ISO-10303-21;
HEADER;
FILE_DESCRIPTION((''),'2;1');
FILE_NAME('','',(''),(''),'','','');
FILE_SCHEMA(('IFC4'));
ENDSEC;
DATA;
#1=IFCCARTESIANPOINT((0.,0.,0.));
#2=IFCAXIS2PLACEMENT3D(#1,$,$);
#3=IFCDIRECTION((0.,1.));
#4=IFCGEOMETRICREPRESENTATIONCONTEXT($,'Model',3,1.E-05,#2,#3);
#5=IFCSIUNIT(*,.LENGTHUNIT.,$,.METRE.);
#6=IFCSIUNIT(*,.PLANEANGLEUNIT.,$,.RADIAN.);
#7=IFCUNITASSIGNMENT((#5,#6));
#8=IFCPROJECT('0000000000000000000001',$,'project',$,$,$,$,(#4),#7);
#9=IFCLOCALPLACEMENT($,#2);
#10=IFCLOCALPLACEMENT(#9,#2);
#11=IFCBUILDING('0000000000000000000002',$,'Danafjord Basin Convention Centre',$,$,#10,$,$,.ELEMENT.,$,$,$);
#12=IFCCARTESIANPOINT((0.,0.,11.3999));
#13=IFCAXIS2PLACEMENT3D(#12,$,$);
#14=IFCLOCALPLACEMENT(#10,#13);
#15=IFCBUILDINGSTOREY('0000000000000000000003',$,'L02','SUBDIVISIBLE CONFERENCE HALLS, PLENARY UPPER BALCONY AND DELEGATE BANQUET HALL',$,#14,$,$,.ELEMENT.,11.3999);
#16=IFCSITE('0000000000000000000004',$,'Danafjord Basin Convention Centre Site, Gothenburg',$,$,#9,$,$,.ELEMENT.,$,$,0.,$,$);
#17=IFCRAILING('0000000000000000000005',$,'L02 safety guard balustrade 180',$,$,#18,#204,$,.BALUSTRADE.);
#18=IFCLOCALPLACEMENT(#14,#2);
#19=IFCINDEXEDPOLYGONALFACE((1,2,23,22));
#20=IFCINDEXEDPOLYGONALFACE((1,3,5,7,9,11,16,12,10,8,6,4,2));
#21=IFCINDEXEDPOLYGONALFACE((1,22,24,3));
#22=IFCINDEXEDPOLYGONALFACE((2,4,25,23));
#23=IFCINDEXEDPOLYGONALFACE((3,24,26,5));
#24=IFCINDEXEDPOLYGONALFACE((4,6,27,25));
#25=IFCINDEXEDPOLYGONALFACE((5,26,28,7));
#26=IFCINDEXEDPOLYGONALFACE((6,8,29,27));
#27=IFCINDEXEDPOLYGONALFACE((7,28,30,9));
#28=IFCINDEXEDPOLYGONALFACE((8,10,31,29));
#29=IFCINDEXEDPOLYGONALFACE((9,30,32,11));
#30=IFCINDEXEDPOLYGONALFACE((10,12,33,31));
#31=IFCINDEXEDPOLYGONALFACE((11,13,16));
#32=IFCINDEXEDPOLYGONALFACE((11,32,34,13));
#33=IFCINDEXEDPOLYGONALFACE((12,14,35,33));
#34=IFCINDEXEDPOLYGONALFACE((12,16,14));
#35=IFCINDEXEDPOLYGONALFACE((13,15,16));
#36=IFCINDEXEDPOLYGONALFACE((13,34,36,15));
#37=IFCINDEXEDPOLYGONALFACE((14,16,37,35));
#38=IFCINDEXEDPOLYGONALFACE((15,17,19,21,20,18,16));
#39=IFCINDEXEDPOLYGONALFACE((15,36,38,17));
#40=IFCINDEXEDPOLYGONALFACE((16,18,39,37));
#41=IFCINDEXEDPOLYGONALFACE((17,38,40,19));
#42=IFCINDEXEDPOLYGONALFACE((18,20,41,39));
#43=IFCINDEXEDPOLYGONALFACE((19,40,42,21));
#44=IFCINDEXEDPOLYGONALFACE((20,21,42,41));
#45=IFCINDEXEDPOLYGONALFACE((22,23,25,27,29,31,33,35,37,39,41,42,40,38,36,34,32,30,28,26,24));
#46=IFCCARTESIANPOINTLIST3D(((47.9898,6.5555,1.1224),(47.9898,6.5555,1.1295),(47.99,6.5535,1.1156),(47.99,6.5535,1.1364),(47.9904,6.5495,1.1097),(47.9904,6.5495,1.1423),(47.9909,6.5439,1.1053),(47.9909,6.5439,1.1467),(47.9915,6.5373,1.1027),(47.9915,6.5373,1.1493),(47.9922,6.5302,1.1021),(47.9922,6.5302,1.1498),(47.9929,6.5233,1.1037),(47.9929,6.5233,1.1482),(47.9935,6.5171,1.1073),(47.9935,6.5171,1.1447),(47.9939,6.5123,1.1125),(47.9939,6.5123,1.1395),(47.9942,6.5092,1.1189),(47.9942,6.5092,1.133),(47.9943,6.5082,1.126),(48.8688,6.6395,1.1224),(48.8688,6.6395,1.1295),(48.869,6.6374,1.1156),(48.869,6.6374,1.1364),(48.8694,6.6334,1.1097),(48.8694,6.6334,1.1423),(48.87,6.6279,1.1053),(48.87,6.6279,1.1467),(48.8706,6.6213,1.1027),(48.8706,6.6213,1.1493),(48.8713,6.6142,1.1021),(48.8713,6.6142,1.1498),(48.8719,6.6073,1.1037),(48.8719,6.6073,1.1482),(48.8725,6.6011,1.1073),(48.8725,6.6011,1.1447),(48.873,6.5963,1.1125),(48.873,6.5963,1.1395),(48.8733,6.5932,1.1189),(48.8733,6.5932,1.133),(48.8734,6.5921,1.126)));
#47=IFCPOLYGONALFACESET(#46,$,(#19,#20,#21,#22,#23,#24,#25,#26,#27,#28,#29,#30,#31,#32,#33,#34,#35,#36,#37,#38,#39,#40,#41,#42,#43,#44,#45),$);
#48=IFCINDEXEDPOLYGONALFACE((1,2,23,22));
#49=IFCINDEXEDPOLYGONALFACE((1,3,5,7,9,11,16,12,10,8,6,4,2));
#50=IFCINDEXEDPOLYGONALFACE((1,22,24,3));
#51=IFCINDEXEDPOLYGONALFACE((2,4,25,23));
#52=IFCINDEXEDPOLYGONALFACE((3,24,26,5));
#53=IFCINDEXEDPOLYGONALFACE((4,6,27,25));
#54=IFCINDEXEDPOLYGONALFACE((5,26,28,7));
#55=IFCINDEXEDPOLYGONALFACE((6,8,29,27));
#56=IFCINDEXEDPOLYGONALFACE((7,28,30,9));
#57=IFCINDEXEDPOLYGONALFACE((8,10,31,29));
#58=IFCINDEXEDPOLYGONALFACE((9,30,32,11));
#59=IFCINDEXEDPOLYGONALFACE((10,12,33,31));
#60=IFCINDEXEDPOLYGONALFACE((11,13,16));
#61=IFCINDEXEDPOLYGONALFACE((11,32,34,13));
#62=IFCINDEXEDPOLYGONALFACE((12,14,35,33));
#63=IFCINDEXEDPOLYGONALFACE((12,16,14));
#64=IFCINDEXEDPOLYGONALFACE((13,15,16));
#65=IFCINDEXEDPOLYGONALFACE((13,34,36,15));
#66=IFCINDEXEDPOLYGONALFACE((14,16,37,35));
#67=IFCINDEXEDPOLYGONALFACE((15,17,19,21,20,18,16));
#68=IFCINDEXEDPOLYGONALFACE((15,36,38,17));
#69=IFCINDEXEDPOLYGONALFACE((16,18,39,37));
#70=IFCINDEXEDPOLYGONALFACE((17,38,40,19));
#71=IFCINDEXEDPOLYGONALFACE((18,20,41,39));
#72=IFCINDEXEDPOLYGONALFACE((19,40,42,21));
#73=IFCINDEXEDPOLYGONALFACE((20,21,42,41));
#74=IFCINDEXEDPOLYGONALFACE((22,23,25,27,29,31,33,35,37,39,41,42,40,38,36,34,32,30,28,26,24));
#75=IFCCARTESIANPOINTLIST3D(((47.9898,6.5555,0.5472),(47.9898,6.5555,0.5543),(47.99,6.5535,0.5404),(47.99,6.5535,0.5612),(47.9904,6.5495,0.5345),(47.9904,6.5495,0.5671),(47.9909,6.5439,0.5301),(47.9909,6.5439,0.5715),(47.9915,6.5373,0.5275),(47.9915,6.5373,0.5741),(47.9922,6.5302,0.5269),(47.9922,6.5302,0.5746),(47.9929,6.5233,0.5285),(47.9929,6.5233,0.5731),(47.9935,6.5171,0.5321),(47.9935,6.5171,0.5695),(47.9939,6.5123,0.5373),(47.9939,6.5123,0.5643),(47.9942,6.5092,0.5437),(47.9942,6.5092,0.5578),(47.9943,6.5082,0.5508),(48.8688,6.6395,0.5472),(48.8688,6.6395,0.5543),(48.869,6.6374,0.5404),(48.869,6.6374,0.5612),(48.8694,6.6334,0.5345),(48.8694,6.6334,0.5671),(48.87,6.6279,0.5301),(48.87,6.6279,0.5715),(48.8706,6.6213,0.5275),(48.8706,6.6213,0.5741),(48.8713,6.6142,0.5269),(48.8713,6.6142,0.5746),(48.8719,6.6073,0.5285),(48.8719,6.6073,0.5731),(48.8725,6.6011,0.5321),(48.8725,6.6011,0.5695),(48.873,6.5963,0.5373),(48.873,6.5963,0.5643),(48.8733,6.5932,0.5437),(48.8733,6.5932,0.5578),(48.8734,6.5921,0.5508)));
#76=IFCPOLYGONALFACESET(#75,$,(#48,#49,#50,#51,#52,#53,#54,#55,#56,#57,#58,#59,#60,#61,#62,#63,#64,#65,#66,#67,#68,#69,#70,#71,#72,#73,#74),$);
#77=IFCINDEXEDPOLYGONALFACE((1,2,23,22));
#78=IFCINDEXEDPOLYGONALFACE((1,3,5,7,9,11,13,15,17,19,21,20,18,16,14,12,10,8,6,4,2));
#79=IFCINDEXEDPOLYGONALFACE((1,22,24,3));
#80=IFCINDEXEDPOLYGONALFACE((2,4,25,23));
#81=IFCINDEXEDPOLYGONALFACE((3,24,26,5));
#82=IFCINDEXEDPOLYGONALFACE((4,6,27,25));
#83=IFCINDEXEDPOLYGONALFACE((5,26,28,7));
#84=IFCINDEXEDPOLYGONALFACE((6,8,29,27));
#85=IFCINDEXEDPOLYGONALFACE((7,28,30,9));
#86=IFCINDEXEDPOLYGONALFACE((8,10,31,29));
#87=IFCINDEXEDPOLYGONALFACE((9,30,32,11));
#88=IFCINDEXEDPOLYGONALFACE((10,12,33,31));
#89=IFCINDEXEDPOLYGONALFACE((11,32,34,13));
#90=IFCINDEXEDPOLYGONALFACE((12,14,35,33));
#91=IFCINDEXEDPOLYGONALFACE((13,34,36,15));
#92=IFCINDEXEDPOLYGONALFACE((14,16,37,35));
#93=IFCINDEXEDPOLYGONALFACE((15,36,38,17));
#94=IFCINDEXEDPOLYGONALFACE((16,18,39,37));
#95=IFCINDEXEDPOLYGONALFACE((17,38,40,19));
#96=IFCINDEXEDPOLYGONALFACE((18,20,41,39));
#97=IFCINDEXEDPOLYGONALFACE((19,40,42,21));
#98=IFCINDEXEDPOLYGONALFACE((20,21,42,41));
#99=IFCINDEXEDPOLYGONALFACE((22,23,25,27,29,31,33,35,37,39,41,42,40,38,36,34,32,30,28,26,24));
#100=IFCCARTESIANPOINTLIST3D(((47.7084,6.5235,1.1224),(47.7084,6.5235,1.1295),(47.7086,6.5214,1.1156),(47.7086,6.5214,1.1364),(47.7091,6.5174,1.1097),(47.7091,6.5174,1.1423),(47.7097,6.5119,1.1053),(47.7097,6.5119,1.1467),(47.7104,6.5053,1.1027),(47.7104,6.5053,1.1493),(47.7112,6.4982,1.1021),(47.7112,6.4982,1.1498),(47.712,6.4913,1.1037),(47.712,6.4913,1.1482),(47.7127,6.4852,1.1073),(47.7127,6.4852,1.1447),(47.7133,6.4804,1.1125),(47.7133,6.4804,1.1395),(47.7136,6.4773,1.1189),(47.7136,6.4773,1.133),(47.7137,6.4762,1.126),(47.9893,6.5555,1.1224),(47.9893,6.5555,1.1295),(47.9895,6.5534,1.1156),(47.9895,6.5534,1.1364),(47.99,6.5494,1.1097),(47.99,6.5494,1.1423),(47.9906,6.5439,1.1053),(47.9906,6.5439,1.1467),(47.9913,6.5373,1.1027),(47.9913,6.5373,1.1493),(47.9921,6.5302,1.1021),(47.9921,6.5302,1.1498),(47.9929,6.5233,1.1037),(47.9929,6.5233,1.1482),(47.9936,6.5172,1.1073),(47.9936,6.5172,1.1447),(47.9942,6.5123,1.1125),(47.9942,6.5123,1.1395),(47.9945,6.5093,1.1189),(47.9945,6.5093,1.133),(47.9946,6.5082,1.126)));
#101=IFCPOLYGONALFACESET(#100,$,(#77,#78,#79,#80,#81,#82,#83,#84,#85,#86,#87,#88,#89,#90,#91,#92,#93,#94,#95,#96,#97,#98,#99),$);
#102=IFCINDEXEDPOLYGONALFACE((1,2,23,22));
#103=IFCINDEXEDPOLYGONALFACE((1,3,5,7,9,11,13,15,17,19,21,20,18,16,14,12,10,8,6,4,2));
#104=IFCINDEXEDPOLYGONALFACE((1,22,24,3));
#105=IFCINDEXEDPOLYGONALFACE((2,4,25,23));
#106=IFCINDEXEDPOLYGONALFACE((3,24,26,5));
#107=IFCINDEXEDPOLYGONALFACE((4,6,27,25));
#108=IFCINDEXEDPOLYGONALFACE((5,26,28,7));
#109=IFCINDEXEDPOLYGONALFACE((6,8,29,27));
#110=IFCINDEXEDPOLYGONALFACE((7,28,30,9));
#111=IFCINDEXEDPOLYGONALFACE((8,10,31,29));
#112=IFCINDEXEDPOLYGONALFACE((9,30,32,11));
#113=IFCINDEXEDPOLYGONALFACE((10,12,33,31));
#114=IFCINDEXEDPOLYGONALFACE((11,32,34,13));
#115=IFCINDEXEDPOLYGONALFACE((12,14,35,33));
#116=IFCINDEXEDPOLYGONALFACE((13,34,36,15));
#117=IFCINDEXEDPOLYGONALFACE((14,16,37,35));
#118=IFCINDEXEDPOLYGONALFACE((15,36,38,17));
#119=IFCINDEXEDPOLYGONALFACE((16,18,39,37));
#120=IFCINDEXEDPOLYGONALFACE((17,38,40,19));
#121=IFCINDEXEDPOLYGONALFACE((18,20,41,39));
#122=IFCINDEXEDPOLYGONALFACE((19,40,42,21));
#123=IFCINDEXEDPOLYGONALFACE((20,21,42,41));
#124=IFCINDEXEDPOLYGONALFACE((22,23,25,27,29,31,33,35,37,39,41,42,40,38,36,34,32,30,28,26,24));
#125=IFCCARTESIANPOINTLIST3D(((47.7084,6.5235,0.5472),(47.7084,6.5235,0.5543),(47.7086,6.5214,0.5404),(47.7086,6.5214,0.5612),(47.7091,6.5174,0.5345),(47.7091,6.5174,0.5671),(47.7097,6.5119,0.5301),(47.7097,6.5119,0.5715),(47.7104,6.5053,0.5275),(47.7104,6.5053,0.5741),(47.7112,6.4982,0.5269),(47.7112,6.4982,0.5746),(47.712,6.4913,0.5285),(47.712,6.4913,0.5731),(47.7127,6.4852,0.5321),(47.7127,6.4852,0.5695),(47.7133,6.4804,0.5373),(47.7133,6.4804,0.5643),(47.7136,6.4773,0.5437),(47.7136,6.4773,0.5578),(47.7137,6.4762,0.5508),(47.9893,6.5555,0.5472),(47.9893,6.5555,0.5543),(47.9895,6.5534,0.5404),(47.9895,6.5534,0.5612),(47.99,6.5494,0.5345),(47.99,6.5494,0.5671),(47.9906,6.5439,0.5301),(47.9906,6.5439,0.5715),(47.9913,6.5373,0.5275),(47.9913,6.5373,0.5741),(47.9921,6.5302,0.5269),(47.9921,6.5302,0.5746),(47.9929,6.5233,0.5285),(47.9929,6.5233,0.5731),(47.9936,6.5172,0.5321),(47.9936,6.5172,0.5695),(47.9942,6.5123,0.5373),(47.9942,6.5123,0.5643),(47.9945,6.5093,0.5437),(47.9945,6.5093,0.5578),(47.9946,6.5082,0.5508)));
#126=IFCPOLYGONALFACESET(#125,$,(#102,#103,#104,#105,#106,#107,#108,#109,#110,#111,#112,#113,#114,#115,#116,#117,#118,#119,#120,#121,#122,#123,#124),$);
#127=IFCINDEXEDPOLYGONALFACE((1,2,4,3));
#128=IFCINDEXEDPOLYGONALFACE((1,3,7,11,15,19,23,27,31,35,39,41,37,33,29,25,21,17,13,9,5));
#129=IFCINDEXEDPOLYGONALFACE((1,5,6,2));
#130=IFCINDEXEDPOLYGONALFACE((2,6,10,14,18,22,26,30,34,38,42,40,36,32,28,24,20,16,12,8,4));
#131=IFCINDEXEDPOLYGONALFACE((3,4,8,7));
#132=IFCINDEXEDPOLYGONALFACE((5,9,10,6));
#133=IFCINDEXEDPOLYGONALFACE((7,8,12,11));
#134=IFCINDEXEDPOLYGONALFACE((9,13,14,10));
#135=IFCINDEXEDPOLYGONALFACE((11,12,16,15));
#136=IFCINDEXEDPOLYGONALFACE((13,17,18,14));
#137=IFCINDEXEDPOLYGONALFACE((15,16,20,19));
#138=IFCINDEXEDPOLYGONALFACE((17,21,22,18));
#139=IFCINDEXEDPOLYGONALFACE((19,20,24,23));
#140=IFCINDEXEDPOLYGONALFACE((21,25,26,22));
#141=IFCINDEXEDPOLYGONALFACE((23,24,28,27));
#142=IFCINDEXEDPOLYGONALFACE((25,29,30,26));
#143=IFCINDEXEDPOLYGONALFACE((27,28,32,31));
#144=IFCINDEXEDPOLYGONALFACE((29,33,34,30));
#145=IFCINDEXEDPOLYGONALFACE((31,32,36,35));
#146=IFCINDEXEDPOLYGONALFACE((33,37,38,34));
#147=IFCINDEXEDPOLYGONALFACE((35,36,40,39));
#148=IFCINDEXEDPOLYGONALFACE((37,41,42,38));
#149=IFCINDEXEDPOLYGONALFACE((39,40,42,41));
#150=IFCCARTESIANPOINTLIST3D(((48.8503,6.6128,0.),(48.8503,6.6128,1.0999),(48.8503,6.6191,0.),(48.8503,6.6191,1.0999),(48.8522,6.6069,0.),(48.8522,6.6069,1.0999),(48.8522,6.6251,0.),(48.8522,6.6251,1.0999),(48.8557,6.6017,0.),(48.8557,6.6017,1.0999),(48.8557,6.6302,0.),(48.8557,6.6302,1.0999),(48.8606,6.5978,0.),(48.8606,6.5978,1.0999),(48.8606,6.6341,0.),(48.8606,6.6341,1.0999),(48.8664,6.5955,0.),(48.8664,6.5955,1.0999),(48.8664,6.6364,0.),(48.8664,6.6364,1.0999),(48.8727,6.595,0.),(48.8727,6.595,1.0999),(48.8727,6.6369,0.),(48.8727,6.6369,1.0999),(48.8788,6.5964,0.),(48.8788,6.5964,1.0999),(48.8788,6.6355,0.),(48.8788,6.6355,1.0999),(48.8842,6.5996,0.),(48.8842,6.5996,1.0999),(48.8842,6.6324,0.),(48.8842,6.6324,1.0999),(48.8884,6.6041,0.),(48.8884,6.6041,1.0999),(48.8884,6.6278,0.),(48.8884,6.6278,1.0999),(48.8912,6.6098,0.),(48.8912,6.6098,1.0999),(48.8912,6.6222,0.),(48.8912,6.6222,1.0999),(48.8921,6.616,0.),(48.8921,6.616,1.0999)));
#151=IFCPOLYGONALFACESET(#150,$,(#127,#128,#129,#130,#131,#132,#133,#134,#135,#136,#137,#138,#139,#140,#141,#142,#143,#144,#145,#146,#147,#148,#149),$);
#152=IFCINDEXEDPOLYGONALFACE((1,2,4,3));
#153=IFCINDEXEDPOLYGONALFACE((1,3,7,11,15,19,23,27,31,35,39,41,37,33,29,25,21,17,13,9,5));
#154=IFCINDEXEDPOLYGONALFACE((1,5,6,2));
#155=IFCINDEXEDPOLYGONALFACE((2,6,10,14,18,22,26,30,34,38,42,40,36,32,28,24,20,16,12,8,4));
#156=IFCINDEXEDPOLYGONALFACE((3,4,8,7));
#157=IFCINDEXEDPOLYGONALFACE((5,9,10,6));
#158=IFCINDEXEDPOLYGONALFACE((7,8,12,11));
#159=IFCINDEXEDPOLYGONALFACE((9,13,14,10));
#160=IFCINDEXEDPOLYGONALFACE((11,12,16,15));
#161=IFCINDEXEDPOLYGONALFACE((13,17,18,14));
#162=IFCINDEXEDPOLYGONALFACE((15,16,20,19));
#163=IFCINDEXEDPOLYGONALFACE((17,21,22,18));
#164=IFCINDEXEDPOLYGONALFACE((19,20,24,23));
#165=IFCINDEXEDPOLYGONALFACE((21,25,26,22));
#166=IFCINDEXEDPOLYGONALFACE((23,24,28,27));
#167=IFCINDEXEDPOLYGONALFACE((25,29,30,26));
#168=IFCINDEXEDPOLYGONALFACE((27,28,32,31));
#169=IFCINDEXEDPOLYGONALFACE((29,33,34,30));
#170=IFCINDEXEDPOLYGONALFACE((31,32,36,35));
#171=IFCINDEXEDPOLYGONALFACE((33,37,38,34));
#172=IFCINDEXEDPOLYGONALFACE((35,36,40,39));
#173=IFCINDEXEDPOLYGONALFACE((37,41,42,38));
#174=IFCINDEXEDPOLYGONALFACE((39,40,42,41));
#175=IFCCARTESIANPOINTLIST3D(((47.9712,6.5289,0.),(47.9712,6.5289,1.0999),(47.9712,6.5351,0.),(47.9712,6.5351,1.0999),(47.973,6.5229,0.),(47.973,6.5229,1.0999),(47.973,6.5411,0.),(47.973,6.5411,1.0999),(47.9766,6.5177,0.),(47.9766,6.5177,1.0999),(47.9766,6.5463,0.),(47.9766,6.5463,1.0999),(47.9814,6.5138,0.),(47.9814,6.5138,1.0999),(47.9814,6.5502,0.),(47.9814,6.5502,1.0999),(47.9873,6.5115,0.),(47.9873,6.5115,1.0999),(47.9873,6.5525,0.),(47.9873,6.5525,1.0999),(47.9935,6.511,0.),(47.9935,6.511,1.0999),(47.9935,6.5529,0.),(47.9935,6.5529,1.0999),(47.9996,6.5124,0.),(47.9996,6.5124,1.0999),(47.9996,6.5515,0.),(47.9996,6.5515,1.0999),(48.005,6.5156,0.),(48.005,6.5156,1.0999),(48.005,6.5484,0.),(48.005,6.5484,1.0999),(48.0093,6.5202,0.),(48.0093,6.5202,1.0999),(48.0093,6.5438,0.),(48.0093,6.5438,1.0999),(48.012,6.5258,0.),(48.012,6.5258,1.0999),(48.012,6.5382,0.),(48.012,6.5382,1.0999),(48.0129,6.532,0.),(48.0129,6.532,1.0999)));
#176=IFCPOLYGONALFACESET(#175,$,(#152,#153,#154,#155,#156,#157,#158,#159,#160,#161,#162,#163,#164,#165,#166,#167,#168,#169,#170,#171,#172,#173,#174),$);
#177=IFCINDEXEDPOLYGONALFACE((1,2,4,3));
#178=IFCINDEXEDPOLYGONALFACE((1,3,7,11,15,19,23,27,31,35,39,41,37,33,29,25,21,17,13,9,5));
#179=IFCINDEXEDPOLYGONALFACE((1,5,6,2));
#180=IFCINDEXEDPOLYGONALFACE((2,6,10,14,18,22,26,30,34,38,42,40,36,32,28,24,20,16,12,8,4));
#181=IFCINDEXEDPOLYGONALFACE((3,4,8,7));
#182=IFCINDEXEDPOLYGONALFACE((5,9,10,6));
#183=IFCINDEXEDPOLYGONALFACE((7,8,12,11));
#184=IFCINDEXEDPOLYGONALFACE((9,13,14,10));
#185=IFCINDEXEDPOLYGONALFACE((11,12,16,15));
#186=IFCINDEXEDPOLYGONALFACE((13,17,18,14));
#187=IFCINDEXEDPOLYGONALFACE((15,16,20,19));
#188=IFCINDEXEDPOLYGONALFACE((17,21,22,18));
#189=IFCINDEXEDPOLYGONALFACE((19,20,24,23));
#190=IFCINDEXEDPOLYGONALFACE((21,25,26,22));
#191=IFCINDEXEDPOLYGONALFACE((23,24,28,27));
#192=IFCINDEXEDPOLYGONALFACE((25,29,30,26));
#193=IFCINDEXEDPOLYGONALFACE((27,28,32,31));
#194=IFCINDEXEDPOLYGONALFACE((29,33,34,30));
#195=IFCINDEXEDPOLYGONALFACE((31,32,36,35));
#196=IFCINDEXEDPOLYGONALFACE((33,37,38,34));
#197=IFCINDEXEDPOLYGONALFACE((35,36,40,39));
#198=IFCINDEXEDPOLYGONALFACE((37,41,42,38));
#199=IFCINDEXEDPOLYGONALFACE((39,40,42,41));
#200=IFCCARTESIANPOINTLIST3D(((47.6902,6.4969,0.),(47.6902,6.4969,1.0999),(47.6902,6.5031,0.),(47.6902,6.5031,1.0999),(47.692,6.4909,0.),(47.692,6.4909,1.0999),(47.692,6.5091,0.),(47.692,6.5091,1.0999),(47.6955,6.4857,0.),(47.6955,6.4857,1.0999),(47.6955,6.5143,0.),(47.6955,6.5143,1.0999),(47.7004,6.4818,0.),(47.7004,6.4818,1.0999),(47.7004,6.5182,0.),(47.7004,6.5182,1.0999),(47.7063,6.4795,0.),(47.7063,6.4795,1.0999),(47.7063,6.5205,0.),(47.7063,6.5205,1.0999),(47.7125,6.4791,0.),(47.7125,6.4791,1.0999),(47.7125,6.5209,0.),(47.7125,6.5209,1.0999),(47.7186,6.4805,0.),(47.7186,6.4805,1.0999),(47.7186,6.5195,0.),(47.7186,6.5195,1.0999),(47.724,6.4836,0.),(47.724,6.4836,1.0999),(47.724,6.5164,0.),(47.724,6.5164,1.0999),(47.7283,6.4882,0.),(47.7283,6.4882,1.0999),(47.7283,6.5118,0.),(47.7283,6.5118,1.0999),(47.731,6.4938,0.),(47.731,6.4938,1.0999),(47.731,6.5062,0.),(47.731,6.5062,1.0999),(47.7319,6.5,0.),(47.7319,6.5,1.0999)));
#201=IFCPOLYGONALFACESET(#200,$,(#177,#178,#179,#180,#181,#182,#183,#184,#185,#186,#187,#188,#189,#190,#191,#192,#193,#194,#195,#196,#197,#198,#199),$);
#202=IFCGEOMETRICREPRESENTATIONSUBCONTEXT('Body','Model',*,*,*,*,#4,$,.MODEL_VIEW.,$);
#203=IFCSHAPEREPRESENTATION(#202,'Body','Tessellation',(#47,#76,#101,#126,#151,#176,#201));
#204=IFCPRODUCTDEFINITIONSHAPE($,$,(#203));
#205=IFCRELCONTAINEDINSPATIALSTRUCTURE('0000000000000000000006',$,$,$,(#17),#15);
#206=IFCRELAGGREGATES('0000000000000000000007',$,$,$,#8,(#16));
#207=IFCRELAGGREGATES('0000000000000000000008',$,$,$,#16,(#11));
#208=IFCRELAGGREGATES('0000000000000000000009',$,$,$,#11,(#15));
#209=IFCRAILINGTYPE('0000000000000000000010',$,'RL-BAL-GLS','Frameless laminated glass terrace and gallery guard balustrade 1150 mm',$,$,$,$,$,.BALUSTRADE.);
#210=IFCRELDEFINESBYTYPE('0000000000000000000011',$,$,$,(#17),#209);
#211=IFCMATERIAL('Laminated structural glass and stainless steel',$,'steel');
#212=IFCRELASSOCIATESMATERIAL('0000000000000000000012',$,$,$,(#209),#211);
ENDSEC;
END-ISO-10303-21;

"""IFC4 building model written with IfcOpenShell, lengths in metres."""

from ifc_helpers import new_model, si_unit, direction, frame, origin, origin_2d, place, context, subcontext, project, spatial, circle, extrude, material, type_object, element, save


model = new_model("IFC4")

# Units and contexts
model_context = context("Model", 3, precision=1e-05, world=origin(), true_north=direction((0.0, 1.0)))
body_context = subcontext(model_context, "Body", "Model", "MODEL_VIEW")
ifc_project = project(units=[si_unit("LENGTHUNIT", "METRE"), si_unit("PLANEANGLEUNIT", "RADIAN")], contexts=[model_context])

# Site, building, storey
site_placement = place(None, origin())
site = spatial("IfcSite", under=ifc_project, at=site_placement, Name="Danafjord Basin Convention Centre Site, Gothenburg", CompositionType="ELEMENT", RefElevation=0.0)
building_placement = place(site_placement, origin())
building = spatial("IfcBuilding", under=site, at=building_placement, Name="Danafjord Basin Convention Centre", CompositionType="ELEMENT")
storey_placement = place(building_placement, frame((0.0, 0.0, 11.3999)))
storey = spatial("IfcBuildingStorey", under=building, at=storey_placement, Name="L02", Description="SUBDIVISIBLE CONFERENCE HALLS, PLENARY UPPER BALCONY AND DELEGATE BANQUET HALL", CompositionType="ELEMENT", Elevation=11.3999)

# Railing
ifc_material_1 = material(Name="Laminated structural glass and stainless steel", Category="steel")
railing_type_1 = type_object("IfcRailingType", Name="RL-BAL-GLS", Description="Frameless laminated glass terrace and gallery guard balustrade 1150 mm", PredefinedType="BALUSTRADE", material=ifc_material_1)
railing_1_placement = place(storey_placement, frame((48.8711, 6.616, 0.0)))
element("IfcRailing", 1, at=railing_1_placement, inside=storey, type_object=railing_type_1, Name="L02 safety guard balustrade 180", PredefinedType="BALUSTRADE", context=body_context, shape_type="SweptSolid", body=[
    extrude(circle(Radius=0.0239, at=origin_2d()), frame((0.0, 0.0, 1.126), z_axis=(-0.995468, -0.095096, 0.0), x_axis=(0.095096, -0.995468, 0.0)), (0.0, 0.0, 1.0), 0.8831),
    extrude(circle(Radius=0.0239, at=origin_2d()), frame((0.0, 0.0, 0.5508), z_axis=(-0.995468, -0.095096, 0.0), x_axis=(0.095096, -0.995468, 0.0)), (0.0, 0.0, 1.0), 0.8831),
    extrude(circle(Radius=0.0239, at=origin_2d()), frame((-0.8792, -0.084, 1.126), z_axis=(-0.993585, -0.113084, 0.0), x_axis=(0.113084, -0.993585, 0.0)), (0.0, 0.0, 1.0), 0.2827),
    extrude(circle(Radius=0.0239, at=origin_2d()), frame((-0.8792, -0.084, 0.5508), z_axis=(-0.993585, -0.113084, 0.0), x_axis=(0.113084, -0.993585, 0.0)), (0.0, 0.0, 1.0), 0.2827),
    extrude(circle(Radius=0.021, at=origin_2d()), origin(), (0.0, 0.0, 1.0), 1.0999),
    extrude(circle(Radius=0.021, at=origin_2d()), frame((-0.8792, -0.084, 0.0)), (0.0, 0.0, 1.0), 1.0999),
    extrude(circle(Radius=0.021, at=origin_2d()), frame((-1.1602, -0.116, 0.0)), (0.0, 0.0, 1.0), 1.0999),
])

save(model, "model.ifc")
